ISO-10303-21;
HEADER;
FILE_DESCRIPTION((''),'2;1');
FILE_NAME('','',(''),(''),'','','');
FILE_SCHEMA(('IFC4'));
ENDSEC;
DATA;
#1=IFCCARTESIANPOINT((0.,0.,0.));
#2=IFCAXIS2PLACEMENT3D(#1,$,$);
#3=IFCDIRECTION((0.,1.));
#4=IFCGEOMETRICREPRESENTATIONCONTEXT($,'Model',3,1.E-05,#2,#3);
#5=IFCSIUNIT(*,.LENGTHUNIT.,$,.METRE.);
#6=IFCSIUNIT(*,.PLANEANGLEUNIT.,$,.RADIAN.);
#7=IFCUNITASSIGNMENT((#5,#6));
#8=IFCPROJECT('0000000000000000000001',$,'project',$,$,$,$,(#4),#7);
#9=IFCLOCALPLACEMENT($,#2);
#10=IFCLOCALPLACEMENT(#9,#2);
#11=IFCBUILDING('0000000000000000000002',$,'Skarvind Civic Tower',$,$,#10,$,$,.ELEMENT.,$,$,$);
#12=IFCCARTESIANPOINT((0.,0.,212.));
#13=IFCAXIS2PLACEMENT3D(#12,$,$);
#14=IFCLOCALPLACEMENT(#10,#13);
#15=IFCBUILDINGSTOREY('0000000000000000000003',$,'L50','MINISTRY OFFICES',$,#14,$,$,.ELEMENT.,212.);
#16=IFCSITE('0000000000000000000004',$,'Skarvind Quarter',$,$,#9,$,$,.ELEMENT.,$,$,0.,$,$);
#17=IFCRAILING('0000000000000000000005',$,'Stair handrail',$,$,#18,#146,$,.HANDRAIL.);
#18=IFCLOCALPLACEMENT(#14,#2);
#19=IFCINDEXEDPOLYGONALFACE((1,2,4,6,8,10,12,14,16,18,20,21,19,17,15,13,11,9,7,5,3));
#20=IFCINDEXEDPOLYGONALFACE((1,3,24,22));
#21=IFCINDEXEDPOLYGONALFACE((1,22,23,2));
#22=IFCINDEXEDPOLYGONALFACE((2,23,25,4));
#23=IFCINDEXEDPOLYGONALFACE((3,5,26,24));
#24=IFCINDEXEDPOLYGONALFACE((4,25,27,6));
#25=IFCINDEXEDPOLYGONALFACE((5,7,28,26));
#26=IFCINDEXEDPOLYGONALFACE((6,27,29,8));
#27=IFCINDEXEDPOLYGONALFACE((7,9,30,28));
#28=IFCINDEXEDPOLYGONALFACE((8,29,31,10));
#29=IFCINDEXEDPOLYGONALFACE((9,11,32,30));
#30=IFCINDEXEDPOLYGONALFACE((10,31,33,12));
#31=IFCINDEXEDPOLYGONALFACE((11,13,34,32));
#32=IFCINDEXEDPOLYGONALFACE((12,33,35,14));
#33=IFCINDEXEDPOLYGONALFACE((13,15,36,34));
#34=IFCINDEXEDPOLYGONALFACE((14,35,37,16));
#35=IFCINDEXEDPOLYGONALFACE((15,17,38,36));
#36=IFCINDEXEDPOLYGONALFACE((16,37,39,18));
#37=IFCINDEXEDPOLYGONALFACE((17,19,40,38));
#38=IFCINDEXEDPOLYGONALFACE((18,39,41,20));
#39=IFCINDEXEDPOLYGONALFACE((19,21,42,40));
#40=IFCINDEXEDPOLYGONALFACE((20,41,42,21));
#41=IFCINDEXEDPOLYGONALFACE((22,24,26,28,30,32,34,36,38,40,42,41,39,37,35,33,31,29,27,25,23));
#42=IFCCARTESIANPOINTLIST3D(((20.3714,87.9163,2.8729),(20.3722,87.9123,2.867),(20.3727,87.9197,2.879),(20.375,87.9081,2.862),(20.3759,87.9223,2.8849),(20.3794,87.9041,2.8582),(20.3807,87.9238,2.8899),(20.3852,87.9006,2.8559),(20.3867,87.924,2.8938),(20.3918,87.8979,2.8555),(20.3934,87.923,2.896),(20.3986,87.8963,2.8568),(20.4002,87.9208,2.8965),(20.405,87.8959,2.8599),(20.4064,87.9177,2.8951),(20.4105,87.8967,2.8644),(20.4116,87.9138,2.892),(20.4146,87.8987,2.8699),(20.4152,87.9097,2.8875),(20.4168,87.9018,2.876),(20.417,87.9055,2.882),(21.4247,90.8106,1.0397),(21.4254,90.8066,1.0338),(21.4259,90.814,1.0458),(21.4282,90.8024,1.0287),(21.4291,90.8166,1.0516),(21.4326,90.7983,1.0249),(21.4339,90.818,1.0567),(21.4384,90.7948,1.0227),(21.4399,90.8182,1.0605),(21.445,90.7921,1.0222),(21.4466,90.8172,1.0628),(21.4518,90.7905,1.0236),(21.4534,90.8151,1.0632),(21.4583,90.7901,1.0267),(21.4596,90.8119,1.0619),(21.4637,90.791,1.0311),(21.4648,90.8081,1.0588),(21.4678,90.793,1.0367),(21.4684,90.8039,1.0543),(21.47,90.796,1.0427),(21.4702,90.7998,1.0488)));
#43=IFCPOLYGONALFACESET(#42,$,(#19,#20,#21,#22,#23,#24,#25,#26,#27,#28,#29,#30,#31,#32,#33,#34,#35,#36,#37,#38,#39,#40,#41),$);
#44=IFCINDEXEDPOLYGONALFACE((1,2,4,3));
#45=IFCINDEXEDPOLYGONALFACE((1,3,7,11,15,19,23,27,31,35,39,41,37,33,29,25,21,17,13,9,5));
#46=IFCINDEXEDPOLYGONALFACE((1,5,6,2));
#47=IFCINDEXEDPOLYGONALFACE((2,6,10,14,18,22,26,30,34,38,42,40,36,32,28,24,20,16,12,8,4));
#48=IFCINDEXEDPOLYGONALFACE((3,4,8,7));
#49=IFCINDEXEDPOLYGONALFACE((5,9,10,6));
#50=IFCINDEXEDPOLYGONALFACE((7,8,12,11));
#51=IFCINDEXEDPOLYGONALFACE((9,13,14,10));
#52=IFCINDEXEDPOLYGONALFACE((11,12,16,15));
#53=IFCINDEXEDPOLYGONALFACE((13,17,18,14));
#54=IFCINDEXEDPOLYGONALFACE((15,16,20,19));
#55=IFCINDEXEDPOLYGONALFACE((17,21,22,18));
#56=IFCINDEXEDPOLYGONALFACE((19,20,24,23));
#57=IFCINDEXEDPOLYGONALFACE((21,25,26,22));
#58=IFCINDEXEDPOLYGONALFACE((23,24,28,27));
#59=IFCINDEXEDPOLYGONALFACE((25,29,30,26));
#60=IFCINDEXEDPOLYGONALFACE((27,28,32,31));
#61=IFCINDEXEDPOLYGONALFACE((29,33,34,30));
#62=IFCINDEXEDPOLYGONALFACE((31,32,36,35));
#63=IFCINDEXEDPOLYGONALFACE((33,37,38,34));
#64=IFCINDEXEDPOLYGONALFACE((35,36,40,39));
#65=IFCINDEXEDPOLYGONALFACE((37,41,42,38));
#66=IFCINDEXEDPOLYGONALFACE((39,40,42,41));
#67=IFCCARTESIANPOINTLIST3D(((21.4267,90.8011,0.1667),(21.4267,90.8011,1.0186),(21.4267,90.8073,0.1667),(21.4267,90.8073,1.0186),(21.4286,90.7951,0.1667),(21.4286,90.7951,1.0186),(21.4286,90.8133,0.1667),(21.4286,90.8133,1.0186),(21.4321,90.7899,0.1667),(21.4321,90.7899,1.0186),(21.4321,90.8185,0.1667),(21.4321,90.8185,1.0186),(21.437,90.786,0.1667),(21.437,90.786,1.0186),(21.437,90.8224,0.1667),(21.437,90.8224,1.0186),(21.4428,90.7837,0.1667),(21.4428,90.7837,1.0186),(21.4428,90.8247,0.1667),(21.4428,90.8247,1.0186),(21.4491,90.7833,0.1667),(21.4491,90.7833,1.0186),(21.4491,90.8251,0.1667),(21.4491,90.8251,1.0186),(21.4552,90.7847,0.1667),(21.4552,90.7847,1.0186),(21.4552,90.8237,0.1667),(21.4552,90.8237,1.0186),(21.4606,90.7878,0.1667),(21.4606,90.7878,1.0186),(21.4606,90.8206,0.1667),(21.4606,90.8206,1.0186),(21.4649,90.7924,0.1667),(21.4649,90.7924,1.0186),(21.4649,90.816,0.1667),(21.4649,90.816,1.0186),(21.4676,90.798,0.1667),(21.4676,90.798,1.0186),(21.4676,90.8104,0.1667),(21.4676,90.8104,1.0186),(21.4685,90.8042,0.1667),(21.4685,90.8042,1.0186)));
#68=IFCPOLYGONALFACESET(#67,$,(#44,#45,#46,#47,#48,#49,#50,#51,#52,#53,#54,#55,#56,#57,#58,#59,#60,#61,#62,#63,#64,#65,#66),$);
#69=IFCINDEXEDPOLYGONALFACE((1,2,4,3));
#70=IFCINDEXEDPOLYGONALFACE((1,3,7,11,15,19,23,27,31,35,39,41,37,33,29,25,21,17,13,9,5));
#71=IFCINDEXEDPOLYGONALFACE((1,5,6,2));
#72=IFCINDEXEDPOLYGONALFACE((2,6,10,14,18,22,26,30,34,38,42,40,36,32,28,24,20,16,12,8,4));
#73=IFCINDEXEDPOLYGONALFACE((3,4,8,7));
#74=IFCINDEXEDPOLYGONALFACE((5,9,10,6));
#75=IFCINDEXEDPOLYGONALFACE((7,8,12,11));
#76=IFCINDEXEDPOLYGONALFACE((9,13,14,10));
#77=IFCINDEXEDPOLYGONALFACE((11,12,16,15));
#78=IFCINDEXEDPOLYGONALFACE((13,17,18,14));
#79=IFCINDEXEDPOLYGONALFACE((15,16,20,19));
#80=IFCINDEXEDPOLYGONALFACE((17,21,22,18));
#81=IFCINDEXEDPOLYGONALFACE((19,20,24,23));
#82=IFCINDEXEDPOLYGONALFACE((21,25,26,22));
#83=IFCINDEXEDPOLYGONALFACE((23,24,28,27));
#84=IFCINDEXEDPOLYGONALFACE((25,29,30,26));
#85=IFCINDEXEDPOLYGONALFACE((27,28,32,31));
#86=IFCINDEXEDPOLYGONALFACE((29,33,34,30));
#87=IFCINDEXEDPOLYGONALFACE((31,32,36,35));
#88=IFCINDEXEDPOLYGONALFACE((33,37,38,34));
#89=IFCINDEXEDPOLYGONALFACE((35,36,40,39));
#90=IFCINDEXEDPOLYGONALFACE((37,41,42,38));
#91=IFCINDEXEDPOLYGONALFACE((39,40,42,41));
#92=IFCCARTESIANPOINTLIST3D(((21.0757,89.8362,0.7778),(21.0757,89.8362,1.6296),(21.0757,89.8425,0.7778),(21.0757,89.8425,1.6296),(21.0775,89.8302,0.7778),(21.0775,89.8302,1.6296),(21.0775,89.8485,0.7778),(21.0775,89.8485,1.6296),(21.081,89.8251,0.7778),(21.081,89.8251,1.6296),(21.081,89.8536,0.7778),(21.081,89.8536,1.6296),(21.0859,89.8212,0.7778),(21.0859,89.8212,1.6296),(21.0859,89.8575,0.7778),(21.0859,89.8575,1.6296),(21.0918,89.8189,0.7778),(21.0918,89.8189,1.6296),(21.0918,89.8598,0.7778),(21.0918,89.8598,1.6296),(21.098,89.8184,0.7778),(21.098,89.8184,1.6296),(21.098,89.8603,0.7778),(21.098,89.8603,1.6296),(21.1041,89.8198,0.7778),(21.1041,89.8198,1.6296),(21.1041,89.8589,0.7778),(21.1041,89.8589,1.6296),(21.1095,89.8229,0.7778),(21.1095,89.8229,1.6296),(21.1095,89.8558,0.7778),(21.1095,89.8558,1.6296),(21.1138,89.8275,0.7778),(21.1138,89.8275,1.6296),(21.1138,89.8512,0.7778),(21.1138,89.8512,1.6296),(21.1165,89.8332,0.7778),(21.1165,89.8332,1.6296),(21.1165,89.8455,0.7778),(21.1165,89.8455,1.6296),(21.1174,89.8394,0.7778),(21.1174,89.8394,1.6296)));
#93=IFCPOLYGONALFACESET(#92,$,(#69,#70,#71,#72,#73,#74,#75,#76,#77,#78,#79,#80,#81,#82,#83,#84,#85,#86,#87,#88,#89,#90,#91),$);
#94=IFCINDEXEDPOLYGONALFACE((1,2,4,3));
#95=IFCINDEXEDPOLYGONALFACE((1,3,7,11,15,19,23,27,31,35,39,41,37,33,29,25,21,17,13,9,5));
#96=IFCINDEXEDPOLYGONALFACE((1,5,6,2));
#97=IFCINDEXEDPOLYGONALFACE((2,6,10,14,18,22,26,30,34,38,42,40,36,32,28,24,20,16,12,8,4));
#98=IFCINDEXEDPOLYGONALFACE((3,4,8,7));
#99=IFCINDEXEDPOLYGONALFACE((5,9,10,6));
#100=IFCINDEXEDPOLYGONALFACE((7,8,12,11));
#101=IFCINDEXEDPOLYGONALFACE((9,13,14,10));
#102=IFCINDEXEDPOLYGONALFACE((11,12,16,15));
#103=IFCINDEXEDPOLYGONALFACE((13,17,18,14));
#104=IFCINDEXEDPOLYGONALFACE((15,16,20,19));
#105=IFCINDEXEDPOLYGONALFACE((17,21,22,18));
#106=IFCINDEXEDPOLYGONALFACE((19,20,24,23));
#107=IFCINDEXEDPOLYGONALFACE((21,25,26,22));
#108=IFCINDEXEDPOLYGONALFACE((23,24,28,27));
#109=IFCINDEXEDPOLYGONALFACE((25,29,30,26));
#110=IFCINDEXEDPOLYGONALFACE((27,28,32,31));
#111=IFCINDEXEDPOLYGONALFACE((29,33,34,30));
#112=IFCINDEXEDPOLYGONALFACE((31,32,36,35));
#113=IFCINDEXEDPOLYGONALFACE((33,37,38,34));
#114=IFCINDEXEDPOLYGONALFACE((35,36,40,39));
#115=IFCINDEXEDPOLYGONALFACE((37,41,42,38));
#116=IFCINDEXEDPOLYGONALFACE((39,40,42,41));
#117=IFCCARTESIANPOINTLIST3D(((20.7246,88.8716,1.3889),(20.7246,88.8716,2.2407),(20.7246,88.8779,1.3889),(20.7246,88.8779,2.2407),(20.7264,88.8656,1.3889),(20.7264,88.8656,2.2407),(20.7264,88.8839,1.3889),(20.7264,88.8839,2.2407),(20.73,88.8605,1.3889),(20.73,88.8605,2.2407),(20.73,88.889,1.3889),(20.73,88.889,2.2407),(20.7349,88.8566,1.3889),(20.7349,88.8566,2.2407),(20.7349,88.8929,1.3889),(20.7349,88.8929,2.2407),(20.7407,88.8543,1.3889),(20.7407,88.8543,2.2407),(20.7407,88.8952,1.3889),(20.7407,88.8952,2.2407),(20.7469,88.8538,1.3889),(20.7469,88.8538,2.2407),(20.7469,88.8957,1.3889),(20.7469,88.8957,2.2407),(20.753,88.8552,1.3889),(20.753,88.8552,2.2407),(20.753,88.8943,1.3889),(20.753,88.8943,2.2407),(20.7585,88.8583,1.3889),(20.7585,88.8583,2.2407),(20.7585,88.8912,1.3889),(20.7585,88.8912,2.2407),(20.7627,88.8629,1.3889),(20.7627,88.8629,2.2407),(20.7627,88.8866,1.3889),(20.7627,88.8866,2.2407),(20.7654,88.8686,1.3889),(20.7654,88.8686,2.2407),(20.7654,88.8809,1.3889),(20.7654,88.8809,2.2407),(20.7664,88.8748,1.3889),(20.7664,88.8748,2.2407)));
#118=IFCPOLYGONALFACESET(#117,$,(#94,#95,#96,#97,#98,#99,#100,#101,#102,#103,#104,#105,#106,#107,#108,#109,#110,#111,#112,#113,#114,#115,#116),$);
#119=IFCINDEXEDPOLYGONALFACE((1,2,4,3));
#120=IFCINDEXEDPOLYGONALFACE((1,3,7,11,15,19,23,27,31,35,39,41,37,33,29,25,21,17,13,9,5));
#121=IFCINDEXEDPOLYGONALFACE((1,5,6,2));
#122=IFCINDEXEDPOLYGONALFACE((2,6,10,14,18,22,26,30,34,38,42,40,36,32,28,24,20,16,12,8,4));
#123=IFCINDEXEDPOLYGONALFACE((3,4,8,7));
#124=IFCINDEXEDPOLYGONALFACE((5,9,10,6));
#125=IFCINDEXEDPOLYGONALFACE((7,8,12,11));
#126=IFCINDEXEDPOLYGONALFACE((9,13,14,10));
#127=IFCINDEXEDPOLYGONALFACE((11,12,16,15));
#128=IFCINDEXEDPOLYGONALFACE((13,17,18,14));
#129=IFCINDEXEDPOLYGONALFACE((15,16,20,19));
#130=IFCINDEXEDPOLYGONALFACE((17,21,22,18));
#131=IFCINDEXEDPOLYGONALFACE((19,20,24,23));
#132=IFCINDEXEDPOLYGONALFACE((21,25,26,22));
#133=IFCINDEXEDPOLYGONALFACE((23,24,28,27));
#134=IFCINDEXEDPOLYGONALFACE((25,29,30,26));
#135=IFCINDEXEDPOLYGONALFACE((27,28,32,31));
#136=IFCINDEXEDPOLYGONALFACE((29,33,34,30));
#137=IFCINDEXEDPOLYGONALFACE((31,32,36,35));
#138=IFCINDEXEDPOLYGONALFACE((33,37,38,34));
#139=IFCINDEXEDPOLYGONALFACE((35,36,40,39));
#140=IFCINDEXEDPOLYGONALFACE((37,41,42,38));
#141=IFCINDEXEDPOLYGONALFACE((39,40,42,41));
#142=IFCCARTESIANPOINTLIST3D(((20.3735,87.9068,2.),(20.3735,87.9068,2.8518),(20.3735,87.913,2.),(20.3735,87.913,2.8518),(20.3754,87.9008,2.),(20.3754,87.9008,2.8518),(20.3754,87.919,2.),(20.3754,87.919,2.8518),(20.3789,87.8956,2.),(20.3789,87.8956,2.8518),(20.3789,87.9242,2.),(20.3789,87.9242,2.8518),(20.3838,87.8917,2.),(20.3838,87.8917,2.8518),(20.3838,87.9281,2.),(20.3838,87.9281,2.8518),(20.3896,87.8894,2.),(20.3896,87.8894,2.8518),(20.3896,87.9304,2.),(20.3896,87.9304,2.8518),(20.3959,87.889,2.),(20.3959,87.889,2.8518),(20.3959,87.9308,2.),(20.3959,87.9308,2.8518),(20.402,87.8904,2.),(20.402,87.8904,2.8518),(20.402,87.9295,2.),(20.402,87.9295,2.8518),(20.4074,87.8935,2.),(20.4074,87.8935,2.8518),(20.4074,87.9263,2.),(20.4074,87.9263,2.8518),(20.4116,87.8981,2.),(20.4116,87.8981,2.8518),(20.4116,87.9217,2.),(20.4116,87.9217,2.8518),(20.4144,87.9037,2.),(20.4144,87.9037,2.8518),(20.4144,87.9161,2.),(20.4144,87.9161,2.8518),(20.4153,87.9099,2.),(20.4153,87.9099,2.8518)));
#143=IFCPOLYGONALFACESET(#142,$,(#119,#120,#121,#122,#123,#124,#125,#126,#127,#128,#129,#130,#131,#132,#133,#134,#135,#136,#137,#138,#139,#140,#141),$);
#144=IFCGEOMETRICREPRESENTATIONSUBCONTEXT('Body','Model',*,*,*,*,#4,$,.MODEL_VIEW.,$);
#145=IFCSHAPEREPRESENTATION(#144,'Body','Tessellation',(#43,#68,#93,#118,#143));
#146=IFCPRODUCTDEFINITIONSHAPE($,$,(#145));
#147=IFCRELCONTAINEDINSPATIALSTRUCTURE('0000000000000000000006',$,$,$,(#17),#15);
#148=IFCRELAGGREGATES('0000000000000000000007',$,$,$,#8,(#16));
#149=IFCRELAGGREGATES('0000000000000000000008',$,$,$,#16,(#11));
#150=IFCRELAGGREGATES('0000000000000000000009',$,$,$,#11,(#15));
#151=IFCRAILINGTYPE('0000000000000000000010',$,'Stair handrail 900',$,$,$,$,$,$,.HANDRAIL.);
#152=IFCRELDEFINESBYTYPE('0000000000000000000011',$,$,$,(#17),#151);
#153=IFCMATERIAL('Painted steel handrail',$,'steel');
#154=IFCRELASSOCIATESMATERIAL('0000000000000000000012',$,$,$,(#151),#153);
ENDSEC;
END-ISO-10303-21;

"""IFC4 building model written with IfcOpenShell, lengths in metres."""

from ifc_helpers import new_model, si_unit, direction, frame, origin, origin_2d, place, context, subcontext, project, spatial, circle, extrude, material, type_object, element, save


model = new_model("IFC4")

# Units and contexts
model_context = context("Model", 3, precision=1e-05, world=origin(), true_north=direction((0.0, 1.0)))
body_context = subcontext(model_context, "Body", "Model", "MODEL_VIEW")
ifc_project = project(units=[si_unit("LENGTHUNIT", "METRE"), si_unit("PLANEANGLEUNIT", "RADIAN")], contexts=[model_context])

# Site, building, storey
site_placement = place(None, origin())
site = spatial("IfcSite", under=ifc_project, at=site_placement, Name="Skarvind Quarter", CompositionType="ELEMENT", RefElevation=0.0)
building_placement = place(site_placement, origin())
building = spatial("IfcBuilding", under=site, at=building_placement, Name="Skarvind Civic Tower", CompositionType="ELEMENT")
storey_placement = place(building_placement, frame((0.0, 0.0, 212.0)))
storey = spatial("IfcBuildingStorey", under=building, at=storey_placement, Name="L50", Description="MINISTRY OFFICES", CompositionType="ELEMENT", Elevation=212.0)

# Railing
ifc_material_1 = material(Name="Painted steel handrail", Category="steel")
railing_type = type_object("IfcRailingType", Name="Stair handrail 900", PredefinedType="HANDRAIL", material=ifc_material_1)
railing_1_placement = place(storey_placement, frame((21.4475, 90.8042, 0.1667)))
element("IfcRailing", 1, at=railing_1_placement, inside=storey, type_object=railing_type, Name="Stair handrail", PredefinedType="HANDRAIL", context=body_context, shape_type="SweptSolid", body=[
    extrude(circle(Radius=0.0239, at=origin_2d()), frame((0.0, 0.0, 0.876), z_axis=(-0.293846, -0.807497, 0.511472), x_axis=(0.939715, -0.341959, 0.0)), (0.0, 0.0, 1.0), 3.5842),
    extrude(circle(Radius=0.021, at=origin_2d()), origin(), (0.0, 0.0, 1.0), 0.8518),
    extrude(circle(Radius=0.021, at=origin_2d()), frame((-0.3511, -0.9648, 0.6111)), (0.0, 0.0, 1.0), 0.8518),
    extrude(circle(Radius=0.021, at=origin_2d()), frame((-0.7021, -1.9294, 1.2222)), (0.0, 0.0, 1.0), 0.8518),
    extrude(circle(Radius=0.021, at=origin_2d()), frame((-1.0532, -2.8943, 1.8333)), (0.0, 0.0, 1.0), 0.8518),
])

save(model, "model.ifc")
